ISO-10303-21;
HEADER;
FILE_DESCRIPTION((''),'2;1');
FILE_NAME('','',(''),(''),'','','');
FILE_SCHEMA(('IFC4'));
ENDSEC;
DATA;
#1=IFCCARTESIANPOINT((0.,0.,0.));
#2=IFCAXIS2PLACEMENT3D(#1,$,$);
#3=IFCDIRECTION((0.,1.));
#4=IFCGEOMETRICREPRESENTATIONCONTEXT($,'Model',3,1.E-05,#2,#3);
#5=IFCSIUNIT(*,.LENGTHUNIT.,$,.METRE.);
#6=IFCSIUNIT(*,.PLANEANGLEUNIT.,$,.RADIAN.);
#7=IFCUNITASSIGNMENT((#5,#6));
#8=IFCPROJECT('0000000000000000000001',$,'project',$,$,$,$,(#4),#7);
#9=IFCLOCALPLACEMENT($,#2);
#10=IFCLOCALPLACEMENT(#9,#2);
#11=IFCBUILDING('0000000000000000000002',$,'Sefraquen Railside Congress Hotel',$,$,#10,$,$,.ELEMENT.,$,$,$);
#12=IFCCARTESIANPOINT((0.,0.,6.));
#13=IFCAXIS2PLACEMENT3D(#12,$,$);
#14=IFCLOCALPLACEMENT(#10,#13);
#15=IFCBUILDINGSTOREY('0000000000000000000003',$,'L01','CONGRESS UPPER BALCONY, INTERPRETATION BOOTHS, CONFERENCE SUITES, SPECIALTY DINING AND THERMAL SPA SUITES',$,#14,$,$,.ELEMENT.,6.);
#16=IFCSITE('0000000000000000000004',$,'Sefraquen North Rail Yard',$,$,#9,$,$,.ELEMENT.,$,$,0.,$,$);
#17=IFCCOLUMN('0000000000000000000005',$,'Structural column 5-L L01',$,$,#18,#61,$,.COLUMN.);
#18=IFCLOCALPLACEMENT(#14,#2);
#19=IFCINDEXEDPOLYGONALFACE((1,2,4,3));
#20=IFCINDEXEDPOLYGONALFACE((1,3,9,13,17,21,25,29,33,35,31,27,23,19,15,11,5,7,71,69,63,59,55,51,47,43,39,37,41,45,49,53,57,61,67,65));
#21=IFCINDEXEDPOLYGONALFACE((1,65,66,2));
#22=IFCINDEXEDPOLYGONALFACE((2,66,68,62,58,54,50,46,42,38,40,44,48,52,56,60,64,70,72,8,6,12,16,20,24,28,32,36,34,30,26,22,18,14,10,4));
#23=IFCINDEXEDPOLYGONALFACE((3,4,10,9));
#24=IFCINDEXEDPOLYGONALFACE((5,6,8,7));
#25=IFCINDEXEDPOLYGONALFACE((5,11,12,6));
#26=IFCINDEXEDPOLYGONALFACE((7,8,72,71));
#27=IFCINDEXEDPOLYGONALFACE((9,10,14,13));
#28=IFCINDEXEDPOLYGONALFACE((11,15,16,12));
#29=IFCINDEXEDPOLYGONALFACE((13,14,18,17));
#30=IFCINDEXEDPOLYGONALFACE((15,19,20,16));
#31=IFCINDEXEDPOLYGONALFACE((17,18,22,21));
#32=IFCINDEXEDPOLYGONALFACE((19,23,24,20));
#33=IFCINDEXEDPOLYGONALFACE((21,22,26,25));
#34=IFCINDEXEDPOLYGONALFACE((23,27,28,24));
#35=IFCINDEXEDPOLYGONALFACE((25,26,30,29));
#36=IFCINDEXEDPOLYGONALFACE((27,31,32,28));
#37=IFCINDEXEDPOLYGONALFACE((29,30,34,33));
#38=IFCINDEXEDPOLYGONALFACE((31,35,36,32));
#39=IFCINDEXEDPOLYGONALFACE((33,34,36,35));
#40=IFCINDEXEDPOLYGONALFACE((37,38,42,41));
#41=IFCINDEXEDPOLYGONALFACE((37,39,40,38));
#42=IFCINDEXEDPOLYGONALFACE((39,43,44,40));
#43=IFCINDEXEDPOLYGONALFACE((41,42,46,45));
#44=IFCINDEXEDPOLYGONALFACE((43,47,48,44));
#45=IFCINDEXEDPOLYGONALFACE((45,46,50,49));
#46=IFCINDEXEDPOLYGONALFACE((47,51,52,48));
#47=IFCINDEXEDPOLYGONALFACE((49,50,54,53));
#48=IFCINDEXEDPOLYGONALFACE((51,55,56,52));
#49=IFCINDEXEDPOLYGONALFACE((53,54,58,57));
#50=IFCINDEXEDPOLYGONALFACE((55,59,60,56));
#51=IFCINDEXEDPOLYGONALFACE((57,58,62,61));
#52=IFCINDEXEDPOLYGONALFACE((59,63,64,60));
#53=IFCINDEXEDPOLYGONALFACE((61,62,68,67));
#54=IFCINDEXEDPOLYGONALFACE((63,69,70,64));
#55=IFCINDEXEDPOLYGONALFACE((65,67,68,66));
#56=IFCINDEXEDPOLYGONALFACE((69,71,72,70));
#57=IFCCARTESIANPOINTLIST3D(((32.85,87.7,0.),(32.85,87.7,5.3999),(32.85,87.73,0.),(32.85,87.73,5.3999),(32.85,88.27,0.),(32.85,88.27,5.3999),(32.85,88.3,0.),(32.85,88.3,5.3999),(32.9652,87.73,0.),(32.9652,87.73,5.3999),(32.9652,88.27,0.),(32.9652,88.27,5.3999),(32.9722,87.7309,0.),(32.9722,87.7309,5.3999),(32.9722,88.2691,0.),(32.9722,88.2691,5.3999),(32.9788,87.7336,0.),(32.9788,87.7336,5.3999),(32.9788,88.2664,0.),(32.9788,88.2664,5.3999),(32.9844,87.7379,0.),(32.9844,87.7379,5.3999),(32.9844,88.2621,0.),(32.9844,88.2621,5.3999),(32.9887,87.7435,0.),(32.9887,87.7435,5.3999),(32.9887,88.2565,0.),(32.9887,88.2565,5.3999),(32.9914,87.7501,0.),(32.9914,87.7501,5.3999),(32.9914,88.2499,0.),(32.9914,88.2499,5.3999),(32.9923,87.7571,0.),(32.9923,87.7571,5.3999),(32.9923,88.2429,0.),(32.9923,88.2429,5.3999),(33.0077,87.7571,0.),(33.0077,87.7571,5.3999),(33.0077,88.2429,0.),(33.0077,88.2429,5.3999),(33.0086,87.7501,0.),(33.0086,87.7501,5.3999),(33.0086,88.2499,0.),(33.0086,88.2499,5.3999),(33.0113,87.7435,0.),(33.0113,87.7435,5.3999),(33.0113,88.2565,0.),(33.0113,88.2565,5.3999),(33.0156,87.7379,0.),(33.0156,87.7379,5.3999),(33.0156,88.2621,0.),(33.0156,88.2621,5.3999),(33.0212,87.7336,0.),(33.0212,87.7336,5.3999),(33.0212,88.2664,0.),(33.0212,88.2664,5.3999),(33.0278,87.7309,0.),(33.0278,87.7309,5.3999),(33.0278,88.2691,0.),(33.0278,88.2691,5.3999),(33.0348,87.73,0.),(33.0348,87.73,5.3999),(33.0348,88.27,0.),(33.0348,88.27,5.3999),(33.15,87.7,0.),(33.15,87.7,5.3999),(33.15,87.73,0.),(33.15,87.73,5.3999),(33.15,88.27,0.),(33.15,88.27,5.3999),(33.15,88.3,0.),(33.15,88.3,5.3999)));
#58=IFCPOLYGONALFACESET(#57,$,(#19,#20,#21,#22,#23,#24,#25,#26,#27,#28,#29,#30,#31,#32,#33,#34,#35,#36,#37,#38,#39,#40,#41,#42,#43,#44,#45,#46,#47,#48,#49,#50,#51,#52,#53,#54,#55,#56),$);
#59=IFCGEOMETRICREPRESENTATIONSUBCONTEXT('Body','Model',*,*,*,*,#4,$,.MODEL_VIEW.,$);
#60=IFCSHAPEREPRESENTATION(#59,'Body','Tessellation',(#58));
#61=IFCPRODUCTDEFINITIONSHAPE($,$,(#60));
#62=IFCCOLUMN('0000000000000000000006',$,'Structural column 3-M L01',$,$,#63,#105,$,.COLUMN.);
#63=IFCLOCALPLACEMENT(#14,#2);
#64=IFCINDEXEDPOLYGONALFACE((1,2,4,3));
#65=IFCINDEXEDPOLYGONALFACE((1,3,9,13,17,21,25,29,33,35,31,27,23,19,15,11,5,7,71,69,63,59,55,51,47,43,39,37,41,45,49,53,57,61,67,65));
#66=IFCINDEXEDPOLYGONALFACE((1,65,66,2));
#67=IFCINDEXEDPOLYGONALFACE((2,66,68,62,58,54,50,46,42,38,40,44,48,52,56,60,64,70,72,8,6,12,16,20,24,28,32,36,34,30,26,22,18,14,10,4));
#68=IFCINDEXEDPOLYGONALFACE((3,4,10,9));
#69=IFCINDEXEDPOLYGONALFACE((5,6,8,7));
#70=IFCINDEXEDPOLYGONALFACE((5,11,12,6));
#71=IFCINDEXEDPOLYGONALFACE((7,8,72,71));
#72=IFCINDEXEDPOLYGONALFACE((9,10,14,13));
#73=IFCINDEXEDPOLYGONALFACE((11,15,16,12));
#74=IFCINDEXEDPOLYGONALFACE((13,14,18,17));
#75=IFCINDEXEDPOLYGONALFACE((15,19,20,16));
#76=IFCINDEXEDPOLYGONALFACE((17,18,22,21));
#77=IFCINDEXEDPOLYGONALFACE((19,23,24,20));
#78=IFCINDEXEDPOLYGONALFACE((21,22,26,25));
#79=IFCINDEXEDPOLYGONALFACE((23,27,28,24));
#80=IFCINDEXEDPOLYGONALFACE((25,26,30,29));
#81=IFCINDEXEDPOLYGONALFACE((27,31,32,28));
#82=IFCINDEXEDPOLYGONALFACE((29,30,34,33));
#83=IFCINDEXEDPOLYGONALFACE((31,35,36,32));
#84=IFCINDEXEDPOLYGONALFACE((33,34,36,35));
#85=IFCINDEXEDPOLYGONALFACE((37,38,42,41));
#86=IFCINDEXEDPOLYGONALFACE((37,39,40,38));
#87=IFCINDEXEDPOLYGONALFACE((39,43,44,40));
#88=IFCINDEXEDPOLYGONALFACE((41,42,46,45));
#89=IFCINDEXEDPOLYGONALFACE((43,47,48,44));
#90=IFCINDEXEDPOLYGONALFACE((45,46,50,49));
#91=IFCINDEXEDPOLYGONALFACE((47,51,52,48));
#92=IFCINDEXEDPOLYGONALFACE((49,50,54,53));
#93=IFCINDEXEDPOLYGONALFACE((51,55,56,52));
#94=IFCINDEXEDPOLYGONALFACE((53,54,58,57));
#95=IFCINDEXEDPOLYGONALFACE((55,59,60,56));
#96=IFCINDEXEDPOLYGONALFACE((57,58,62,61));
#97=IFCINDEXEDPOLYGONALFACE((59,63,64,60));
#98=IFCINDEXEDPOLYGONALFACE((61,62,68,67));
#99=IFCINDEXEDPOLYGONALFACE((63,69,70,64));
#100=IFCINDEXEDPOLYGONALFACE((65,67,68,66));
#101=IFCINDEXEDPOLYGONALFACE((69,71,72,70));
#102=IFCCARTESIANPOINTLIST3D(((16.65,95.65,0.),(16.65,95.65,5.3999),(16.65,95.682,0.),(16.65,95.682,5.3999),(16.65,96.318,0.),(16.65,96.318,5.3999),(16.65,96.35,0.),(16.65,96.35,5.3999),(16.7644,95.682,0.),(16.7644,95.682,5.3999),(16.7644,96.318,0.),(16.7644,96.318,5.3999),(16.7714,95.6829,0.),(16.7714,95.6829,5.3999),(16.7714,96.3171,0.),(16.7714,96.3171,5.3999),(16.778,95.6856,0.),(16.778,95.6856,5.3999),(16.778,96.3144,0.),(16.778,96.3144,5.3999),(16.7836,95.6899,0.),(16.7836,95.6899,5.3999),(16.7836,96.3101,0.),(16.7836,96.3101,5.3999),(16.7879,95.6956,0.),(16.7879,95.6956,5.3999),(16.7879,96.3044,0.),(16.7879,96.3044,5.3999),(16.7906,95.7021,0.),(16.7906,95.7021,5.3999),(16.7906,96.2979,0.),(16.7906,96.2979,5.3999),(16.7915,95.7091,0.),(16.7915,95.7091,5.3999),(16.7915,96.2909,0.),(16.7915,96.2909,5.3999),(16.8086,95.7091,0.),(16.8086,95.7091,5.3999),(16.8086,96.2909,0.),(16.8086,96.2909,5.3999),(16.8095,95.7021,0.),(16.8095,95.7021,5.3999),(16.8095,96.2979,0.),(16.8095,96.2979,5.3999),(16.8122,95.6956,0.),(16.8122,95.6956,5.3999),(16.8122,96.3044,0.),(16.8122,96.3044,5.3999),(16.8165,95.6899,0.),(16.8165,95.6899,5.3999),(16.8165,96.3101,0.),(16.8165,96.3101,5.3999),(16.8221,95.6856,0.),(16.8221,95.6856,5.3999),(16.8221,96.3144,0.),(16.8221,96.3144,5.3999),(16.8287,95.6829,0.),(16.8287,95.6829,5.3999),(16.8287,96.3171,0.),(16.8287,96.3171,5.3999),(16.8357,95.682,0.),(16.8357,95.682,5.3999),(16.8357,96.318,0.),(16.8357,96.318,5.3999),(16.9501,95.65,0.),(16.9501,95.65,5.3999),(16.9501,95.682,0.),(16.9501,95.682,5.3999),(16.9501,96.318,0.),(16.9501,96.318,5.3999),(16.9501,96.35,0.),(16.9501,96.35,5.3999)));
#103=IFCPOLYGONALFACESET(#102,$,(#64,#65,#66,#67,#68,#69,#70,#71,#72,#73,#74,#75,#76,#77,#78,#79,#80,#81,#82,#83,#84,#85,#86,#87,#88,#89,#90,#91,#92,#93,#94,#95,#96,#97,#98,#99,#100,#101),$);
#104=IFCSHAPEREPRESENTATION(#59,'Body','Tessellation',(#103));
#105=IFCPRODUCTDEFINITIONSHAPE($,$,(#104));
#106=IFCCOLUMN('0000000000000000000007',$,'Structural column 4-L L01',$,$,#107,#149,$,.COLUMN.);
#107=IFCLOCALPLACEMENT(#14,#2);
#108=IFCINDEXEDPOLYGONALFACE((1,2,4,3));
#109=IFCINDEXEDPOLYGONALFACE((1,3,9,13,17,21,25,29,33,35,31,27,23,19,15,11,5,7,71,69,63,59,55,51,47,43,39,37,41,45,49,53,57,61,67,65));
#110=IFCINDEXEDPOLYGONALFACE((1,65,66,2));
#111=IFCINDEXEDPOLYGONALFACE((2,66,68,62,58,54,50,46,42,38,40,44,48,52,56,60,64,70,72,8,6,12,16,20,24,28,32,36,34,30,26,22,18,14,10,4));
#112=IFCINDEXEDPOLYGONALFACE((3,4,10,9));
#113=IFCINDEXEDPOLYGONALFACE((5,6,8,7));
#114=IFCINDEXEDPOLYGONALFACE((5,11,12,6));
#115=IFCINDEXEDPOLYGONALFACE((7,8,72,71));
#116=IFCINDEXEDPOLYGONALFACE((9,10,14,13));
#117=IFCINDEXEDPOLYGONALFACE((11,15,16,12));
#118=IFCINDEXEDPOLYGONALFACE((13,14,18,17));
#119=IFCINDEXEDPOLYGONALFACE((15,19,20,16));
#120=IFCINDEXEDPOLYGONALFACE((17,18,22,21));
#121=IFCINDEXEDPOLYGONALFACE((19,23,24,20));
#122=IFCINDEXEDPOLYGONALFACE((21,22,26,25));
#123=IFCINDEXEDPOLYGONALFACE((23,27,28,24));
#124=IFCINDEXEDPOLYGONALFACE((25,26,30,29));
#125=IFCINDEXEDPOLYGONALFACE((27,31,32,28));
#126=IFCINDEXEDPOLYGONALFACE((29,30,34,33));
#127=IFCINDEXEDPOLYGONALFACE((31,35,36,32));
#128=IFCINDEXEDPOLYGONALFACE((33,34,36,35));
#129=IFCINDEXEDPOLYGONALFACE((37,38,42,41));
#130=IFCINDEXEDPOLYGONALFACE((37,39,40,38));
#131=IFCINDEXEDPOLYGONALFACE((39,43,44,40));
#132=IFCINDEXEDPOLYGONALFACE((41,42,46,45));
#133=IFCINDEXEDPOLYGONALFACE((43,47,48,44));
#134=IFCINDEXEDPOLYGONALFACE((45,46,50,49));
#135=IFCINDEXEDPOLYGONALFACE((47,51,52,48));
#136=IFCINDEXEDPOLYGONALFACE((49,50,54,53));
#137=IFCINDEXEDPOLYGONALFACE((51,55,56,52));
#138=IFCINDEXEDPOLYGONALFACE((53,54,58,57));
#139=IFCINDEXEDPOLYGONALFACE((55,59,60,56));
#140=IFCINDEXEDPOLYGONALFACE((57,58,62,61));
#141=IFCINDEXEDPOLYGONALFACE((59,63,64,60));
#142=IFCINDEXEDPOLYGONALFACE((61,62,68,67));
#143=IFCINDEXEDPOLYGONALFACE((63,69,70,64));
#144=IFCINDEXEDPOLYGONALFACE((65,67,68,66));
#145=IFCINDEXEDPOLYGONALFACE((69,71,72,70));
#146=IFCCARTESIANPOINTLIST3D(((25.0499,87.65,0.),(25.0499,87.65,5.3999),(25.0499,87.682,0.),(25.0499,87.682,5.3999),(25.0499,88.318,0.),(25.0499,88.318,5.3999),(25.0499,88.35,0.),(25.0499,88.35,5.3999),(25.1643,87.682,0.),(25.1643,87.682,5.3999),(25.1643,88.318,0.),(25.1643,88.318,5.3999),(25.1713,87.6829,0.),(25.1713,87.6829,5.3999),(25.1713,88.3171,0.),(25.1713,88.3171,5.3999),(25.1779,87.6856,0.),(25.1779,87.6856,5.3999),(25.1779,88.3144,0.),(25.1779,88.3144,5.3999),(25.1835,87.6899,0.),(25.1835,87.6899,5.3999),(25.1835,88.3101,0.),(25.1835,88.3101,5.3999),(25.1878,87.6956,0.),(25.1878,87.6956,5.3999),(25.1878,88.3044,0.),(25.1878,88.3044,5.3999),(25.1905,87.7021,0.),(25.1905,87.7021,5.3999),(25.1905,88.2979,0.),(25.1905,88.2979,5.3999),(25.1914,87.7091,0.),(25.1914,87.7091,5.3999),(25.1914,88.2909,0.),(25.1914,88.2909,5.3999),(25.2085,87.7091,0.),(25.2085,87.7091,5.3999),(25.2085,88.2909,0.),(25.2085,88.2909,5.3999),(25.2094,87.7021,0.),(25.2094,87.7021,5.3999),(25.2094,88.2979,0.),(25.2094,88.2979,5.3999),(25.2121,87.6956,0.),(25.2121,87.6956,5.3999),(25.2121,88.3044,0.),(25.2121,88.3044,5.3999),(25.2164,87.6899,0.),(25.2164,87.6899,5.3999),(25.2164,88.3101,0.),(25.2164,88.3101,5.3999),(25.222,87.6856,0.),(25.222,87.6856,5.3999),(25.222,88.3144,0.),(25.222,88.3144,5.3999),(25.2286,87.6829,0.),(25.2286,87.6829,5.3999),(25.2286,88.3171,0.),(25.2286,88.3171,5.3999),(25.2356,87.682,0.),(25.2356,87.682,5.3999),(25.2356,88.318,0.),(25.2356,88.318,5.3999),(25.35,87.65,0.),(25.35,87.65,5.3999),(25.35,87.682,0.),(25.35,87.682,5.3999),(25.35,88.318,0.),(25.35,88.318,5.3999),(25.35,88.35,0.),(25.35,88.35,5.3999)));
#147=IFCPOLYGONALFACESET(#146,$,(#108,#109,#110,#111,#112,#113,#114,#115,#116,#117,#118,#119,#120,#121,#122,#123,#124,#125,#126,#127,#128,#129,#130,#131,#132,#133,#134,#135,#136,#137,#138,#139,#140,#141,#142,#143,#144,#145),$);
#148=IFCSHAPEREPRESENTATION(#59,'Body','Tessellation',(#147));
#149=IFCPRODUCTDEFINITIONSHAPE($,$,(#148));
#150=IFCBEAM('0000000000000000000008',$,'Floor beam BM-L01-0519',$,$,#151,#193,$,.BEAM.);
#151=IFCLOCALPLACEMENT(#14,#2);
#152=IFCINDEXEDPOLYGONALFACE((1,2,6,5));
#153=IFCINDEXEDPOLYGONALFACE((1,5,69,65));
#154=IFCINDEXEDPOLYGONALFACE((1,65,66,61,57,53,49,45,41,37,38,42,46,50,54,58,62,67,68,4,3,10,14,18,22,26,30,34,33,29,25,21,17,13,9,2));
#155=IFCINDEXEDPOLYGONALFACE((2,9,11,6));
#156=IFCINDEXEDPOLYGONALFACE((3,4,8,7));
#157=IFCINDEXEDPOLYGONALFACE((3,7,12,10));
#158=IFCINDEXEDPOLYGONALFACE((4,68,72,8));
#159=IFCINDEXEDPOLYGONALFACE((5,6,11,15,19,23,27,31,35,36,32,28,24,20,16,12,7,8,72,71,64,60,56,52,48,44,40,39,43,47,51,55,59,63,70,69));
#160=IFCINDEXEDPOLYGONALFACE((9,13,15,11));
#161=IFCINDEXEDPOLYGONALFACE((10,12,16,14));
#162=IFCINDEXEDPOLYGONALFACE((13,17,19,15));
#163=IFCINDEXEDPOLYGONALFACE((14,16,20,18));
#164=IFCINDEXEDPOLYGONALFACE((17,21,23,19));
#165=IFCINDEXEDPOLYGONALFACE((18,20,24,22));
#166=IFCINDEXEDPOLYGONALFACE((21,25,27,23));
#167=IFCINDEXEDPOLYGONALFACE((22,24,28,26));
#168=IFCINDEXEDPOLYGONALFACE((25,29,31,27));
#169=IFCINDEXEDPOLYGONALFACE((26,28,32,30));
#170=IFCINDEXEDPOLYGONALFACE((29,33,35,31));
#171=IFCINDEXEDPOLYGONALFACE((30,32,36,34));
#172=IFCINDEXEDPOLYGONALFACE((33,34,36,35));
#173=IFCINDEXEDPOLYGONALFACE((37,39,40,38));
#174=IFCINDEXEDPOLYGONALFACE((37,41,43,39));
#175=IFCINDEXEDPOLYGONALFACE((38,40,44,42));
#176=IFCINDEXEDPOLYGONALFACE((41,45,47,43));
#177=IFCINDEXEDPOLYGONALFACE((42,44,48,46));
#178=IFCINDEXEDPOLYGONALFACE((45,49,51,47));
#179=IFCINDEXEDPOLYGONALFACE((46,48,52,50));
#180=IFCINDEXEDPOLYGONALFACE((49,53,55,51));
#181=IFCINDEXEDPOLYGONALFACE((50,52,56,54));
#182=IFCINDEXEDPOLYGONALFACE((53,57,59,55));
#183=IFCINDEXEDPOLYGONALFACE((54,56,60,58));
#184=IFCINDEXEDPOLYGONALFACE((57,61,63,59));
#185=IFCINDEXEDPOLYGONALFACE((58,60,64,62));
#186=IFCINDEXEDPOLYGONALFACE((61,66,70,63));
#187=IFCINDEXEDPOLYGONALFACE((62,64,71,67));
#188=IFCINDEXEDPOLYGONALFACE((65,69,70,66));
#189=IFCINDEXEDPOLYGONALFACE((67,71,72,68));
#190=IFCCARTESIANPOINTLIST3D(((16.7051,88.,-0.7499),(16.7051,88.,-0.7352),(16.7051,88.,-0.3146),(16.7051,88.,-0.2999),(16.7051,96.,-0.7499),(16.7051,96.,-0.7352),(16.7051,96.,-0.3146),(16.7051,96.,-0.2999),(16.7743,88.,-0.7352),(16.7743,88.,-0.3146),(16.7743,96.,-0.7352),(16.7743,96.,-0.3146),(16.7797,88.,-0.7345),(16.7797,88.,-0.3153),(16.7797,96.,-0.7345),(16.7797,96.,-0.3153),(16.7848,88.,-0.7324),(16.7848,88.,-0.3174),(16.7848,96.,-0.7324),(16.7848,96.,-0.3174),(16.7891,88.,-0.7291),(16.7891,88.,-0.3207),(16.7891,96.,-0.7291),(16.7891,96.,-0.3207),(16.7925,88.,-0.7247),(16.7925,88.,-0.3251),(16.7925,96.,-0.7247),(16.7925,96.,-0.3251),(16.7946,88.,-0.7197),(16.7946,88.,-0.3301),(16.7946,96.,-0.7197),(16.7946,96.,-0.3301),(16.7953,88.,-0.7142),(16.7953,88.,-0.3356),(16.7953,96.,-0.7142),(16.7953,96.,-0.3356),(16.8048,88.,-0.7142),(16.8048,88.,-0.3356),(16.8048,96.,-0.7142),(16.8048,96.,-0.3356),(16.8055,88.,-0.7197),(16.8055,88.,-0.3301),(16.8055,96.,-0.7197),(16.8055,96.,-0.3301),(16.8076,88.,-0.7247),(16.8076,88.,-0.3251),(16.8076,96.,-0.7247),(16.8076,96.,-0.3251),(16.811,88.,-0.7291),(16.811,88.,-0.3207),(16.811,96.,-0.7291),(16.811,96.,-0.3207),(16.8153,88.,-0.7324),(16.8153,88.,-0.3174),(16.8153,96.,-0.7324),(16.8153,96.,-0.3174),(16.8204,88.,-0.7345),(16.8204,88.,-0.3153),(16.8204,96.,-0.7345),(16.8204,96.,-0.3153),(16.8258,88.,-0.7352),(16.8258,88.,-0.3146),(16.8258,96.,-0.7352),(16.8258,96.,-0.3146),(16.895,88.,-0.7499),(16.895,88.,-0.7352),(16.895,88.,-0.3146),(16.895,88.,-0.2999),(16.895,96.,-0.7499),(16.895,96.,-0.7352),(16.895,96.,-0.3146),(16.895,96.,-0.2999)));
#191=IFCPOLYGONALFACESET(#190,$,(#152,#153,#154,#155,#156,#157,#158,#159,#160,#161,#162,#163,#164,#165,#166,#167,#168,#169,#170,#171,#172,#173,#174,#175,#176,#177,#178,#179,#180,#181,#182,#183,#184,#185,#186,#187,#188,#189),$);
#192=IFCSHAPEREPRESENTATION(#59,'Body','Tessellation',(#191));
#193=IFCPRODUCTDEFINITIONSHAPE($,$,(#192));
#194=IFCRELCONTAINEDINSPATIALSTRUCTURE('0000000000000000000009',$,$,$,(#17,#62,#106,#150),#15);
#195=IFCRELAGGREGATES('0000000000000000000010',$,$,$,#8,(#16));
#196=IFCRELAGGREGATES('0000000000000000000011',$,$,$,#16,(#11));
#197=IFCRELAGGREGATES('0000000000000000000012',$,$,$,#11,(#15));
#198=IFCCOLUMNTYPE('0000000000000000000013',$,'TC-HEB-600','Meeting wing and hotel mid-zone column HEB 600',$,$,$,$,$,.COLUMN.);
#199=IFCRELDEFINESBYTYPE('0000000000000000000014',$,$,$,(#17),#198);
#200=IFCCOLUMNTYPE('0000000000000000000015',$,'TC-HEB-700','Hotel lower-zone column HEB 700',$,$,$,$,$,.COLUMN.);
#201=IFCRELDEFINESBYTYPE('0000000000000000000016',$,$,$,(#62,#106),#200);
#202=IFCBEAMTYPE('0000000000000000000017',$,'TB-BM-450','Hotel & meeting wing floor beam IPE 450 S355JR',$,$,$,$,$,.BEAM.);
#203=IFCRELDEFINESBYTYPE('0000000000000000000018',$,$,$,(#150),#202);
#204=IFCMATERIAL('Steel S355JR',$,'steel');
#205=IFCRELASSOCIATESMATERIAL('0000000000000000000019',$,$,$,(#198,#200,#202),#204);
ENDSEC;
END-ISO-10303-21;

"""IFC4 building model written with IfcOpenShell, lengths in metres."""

from ifc_helpers import new_model, si_unit, direction, frame, origin, origin_2d, place, context, subcontext, project, spatial, i_section, extrude, material, material_profile, profile_set, type_object, element, save


model = new_model("IFC4")

# Units and contexts
model_context = context("Model", 3, precision=1e-05, world=origin(), true_north=direction((0.0, 1.0)))
body_context = subcontext(model_context, "Body", "Model", "MODEL_VIEW")
ifc_project = project(units=[si_unit("LENGTHUNIT", "METRE"), si_unit("PLANEANGLEUNIT", "RADIAN")], contexts=[model_context])

# Site, building, storey
site_placement = place(None, origin())
site = spatial("IfcSite", under=ifc_project, at=site_placement, Name="Sefraquen North Rail Yard", CompositionType="ELEMENT", RefElevation=0.0)
building_placement = place(site_placement, origin())
building = spatial("IfcBuilding", under=site, at=building_placement, Name="Sefraquen Railside Congress Hotel", CompositionType="ELEMENT")
storey_placement = place(building_placement, frame((0.0, 0.0, 6.0)))
storey = spatial("IfcBuildingStorey", under=building, at=storey_placement, Name="L01", Description="CONGRESS UPPER BALCONY, INTERPRETATION BOOTHS, CONFERENCE SUITES, SPECIALTY DINING AND THERMAL SPA SUITES", CompositionType="ELEMENT", Elevation=6.0)

# Columns
ifc_material_1 = material(Name="Steel S355JR", Category="steel")
ifc_material_profile_1 = material_profile(ifc_material_1, i_section(OverallWidth=0.3, OverallDepth=0.6001, WebThickness=0.0154, FlangeThickness=0.03, FilletRadius=0.0271, at=origin_2d()), Name="HEB 600")
ifc_profile_set_1 = profile_set([ifc_material_profile_1], Name="Steel S355JR")
column_type_1 = type_object("IfcColumnType", Name="TC-HEB-600", Description="Meeting wing and hotel mid-zone column HEB 600", PredefinedType="COLUMN", material=ifc_profile_set_1)
column_placement = place(storey_placement, frame((33.0, 88.0, 0.0), z_axis=(0.0, 0.0, 1.0), x_axis=(1.0, 0.0, 0.0)))
element("IfcColumn", 1, at=column_placement, inside=storey, type_object=column_type_1, Name="Structural column 5-L L01", PredefinedType="COLUMN", context=body_context, shape_type="SweptSolid", body=[
    extrude(i_section(OverallWidth=0.3, OverallDepth=0.6001, WebThickness=0.0154, FlangeThickness=0.03, FilletRadius=0.0271, at=origin_2d()), origin(), (0.0, 0.0, 1.0), 5.3999),
])
ifc_material_profile_2 = material_profile(ifc_material_1, i_section(OverallWidth=0.3, OverallDepth=0.7, WebThickness=0.0171, FlangeThickness=0.032, FilletRadius=0.0271, at=origin_2d()), Name="HEB 700")
ifc_profile_set_2 = profile_set([ifc_material_profile_2], Name="Steel S355JR")
column_type_2 = type_object("IfcColumnType", Name="TC-HEB-700", Description="Hotel lower-zone column HEB 700", PredefinedType="COLUMN", material=ifc_profile_set_2)
for number, where, z_axis, x_axis, name in (
    (2, (16.8, 96.0, 0.0), (0.0, 0.0, 1.0), (1.0, 0.0, 0.0), "Structural column 3-M L01"),
    (3, (25.2, 88.0, 0.0), (0.0, 0.0, 1.0), (1.0, 0.0, 0.0), "Structural column 4-L L01"),
):
    element("IfcColumn", number, at=place(storey_placement, frame(where, z_axis=z_axis, x_axis=x_axis)), inside=storey, type_object=column_type_2, Name=name, PredefinedType="COLUMN", context=body_context, shape_type="SweptSolid", body=[
        extrude(i_section(OverallWidth=0.3, OverallDepth=0.7, WebThickness=0.0171, FlangeThickness=0.032, FilletRadius=0.0271, at=origin_2d()), origin(), (0.0, 0.0, 1.0), 5.3999),
    ])

# Beam
ifc_material_profile_3 = material_profile(ifc_material_1, i_section(OverallWidth=0.1899, OverallDepth=0.45, WebThickness=0.0095, FlangeThickness=0.0146, FilletRadius=0.021, at=origin_2d()), Name="IPE 450")
ifc_profile_set_3 = profile_set([ifc_material_profile_3], Name="Steel S355JR")
beam_type_1 = type_object("IfcBeamType", Name="TB-BM-450", Description="Hotel & meeting wing floor beam IPE 450 S355JR", PredefinedType="BEAM", material=ifc_profile_set_3)
beam_1_placement = place(storey_placement, frame((16.8, 88.0, -0.5249), z_axis=(0.0, 1.0, 0.0), x_axis=(-1.0, 0.0, 0.0)))
element("IfcBeam", 4, at=beam_1_placement, inside=storey, type_object=beam_type_1, Name="Floor beam BM-L01-0519", PredefinedType="BEAM", context=body_context, shape_type="SweptSolid", body=[
    extrude(i_section(OverallWidth=0.1899, OverallDepth=0.45, WebThickness=0.0095, FlangeThickness=0.0146, FilletRadius=0.021, at=origin_2d()), origin(), (0.0, 0.0, 1.0), 8.0),
])

save(model, "model.ifc")
